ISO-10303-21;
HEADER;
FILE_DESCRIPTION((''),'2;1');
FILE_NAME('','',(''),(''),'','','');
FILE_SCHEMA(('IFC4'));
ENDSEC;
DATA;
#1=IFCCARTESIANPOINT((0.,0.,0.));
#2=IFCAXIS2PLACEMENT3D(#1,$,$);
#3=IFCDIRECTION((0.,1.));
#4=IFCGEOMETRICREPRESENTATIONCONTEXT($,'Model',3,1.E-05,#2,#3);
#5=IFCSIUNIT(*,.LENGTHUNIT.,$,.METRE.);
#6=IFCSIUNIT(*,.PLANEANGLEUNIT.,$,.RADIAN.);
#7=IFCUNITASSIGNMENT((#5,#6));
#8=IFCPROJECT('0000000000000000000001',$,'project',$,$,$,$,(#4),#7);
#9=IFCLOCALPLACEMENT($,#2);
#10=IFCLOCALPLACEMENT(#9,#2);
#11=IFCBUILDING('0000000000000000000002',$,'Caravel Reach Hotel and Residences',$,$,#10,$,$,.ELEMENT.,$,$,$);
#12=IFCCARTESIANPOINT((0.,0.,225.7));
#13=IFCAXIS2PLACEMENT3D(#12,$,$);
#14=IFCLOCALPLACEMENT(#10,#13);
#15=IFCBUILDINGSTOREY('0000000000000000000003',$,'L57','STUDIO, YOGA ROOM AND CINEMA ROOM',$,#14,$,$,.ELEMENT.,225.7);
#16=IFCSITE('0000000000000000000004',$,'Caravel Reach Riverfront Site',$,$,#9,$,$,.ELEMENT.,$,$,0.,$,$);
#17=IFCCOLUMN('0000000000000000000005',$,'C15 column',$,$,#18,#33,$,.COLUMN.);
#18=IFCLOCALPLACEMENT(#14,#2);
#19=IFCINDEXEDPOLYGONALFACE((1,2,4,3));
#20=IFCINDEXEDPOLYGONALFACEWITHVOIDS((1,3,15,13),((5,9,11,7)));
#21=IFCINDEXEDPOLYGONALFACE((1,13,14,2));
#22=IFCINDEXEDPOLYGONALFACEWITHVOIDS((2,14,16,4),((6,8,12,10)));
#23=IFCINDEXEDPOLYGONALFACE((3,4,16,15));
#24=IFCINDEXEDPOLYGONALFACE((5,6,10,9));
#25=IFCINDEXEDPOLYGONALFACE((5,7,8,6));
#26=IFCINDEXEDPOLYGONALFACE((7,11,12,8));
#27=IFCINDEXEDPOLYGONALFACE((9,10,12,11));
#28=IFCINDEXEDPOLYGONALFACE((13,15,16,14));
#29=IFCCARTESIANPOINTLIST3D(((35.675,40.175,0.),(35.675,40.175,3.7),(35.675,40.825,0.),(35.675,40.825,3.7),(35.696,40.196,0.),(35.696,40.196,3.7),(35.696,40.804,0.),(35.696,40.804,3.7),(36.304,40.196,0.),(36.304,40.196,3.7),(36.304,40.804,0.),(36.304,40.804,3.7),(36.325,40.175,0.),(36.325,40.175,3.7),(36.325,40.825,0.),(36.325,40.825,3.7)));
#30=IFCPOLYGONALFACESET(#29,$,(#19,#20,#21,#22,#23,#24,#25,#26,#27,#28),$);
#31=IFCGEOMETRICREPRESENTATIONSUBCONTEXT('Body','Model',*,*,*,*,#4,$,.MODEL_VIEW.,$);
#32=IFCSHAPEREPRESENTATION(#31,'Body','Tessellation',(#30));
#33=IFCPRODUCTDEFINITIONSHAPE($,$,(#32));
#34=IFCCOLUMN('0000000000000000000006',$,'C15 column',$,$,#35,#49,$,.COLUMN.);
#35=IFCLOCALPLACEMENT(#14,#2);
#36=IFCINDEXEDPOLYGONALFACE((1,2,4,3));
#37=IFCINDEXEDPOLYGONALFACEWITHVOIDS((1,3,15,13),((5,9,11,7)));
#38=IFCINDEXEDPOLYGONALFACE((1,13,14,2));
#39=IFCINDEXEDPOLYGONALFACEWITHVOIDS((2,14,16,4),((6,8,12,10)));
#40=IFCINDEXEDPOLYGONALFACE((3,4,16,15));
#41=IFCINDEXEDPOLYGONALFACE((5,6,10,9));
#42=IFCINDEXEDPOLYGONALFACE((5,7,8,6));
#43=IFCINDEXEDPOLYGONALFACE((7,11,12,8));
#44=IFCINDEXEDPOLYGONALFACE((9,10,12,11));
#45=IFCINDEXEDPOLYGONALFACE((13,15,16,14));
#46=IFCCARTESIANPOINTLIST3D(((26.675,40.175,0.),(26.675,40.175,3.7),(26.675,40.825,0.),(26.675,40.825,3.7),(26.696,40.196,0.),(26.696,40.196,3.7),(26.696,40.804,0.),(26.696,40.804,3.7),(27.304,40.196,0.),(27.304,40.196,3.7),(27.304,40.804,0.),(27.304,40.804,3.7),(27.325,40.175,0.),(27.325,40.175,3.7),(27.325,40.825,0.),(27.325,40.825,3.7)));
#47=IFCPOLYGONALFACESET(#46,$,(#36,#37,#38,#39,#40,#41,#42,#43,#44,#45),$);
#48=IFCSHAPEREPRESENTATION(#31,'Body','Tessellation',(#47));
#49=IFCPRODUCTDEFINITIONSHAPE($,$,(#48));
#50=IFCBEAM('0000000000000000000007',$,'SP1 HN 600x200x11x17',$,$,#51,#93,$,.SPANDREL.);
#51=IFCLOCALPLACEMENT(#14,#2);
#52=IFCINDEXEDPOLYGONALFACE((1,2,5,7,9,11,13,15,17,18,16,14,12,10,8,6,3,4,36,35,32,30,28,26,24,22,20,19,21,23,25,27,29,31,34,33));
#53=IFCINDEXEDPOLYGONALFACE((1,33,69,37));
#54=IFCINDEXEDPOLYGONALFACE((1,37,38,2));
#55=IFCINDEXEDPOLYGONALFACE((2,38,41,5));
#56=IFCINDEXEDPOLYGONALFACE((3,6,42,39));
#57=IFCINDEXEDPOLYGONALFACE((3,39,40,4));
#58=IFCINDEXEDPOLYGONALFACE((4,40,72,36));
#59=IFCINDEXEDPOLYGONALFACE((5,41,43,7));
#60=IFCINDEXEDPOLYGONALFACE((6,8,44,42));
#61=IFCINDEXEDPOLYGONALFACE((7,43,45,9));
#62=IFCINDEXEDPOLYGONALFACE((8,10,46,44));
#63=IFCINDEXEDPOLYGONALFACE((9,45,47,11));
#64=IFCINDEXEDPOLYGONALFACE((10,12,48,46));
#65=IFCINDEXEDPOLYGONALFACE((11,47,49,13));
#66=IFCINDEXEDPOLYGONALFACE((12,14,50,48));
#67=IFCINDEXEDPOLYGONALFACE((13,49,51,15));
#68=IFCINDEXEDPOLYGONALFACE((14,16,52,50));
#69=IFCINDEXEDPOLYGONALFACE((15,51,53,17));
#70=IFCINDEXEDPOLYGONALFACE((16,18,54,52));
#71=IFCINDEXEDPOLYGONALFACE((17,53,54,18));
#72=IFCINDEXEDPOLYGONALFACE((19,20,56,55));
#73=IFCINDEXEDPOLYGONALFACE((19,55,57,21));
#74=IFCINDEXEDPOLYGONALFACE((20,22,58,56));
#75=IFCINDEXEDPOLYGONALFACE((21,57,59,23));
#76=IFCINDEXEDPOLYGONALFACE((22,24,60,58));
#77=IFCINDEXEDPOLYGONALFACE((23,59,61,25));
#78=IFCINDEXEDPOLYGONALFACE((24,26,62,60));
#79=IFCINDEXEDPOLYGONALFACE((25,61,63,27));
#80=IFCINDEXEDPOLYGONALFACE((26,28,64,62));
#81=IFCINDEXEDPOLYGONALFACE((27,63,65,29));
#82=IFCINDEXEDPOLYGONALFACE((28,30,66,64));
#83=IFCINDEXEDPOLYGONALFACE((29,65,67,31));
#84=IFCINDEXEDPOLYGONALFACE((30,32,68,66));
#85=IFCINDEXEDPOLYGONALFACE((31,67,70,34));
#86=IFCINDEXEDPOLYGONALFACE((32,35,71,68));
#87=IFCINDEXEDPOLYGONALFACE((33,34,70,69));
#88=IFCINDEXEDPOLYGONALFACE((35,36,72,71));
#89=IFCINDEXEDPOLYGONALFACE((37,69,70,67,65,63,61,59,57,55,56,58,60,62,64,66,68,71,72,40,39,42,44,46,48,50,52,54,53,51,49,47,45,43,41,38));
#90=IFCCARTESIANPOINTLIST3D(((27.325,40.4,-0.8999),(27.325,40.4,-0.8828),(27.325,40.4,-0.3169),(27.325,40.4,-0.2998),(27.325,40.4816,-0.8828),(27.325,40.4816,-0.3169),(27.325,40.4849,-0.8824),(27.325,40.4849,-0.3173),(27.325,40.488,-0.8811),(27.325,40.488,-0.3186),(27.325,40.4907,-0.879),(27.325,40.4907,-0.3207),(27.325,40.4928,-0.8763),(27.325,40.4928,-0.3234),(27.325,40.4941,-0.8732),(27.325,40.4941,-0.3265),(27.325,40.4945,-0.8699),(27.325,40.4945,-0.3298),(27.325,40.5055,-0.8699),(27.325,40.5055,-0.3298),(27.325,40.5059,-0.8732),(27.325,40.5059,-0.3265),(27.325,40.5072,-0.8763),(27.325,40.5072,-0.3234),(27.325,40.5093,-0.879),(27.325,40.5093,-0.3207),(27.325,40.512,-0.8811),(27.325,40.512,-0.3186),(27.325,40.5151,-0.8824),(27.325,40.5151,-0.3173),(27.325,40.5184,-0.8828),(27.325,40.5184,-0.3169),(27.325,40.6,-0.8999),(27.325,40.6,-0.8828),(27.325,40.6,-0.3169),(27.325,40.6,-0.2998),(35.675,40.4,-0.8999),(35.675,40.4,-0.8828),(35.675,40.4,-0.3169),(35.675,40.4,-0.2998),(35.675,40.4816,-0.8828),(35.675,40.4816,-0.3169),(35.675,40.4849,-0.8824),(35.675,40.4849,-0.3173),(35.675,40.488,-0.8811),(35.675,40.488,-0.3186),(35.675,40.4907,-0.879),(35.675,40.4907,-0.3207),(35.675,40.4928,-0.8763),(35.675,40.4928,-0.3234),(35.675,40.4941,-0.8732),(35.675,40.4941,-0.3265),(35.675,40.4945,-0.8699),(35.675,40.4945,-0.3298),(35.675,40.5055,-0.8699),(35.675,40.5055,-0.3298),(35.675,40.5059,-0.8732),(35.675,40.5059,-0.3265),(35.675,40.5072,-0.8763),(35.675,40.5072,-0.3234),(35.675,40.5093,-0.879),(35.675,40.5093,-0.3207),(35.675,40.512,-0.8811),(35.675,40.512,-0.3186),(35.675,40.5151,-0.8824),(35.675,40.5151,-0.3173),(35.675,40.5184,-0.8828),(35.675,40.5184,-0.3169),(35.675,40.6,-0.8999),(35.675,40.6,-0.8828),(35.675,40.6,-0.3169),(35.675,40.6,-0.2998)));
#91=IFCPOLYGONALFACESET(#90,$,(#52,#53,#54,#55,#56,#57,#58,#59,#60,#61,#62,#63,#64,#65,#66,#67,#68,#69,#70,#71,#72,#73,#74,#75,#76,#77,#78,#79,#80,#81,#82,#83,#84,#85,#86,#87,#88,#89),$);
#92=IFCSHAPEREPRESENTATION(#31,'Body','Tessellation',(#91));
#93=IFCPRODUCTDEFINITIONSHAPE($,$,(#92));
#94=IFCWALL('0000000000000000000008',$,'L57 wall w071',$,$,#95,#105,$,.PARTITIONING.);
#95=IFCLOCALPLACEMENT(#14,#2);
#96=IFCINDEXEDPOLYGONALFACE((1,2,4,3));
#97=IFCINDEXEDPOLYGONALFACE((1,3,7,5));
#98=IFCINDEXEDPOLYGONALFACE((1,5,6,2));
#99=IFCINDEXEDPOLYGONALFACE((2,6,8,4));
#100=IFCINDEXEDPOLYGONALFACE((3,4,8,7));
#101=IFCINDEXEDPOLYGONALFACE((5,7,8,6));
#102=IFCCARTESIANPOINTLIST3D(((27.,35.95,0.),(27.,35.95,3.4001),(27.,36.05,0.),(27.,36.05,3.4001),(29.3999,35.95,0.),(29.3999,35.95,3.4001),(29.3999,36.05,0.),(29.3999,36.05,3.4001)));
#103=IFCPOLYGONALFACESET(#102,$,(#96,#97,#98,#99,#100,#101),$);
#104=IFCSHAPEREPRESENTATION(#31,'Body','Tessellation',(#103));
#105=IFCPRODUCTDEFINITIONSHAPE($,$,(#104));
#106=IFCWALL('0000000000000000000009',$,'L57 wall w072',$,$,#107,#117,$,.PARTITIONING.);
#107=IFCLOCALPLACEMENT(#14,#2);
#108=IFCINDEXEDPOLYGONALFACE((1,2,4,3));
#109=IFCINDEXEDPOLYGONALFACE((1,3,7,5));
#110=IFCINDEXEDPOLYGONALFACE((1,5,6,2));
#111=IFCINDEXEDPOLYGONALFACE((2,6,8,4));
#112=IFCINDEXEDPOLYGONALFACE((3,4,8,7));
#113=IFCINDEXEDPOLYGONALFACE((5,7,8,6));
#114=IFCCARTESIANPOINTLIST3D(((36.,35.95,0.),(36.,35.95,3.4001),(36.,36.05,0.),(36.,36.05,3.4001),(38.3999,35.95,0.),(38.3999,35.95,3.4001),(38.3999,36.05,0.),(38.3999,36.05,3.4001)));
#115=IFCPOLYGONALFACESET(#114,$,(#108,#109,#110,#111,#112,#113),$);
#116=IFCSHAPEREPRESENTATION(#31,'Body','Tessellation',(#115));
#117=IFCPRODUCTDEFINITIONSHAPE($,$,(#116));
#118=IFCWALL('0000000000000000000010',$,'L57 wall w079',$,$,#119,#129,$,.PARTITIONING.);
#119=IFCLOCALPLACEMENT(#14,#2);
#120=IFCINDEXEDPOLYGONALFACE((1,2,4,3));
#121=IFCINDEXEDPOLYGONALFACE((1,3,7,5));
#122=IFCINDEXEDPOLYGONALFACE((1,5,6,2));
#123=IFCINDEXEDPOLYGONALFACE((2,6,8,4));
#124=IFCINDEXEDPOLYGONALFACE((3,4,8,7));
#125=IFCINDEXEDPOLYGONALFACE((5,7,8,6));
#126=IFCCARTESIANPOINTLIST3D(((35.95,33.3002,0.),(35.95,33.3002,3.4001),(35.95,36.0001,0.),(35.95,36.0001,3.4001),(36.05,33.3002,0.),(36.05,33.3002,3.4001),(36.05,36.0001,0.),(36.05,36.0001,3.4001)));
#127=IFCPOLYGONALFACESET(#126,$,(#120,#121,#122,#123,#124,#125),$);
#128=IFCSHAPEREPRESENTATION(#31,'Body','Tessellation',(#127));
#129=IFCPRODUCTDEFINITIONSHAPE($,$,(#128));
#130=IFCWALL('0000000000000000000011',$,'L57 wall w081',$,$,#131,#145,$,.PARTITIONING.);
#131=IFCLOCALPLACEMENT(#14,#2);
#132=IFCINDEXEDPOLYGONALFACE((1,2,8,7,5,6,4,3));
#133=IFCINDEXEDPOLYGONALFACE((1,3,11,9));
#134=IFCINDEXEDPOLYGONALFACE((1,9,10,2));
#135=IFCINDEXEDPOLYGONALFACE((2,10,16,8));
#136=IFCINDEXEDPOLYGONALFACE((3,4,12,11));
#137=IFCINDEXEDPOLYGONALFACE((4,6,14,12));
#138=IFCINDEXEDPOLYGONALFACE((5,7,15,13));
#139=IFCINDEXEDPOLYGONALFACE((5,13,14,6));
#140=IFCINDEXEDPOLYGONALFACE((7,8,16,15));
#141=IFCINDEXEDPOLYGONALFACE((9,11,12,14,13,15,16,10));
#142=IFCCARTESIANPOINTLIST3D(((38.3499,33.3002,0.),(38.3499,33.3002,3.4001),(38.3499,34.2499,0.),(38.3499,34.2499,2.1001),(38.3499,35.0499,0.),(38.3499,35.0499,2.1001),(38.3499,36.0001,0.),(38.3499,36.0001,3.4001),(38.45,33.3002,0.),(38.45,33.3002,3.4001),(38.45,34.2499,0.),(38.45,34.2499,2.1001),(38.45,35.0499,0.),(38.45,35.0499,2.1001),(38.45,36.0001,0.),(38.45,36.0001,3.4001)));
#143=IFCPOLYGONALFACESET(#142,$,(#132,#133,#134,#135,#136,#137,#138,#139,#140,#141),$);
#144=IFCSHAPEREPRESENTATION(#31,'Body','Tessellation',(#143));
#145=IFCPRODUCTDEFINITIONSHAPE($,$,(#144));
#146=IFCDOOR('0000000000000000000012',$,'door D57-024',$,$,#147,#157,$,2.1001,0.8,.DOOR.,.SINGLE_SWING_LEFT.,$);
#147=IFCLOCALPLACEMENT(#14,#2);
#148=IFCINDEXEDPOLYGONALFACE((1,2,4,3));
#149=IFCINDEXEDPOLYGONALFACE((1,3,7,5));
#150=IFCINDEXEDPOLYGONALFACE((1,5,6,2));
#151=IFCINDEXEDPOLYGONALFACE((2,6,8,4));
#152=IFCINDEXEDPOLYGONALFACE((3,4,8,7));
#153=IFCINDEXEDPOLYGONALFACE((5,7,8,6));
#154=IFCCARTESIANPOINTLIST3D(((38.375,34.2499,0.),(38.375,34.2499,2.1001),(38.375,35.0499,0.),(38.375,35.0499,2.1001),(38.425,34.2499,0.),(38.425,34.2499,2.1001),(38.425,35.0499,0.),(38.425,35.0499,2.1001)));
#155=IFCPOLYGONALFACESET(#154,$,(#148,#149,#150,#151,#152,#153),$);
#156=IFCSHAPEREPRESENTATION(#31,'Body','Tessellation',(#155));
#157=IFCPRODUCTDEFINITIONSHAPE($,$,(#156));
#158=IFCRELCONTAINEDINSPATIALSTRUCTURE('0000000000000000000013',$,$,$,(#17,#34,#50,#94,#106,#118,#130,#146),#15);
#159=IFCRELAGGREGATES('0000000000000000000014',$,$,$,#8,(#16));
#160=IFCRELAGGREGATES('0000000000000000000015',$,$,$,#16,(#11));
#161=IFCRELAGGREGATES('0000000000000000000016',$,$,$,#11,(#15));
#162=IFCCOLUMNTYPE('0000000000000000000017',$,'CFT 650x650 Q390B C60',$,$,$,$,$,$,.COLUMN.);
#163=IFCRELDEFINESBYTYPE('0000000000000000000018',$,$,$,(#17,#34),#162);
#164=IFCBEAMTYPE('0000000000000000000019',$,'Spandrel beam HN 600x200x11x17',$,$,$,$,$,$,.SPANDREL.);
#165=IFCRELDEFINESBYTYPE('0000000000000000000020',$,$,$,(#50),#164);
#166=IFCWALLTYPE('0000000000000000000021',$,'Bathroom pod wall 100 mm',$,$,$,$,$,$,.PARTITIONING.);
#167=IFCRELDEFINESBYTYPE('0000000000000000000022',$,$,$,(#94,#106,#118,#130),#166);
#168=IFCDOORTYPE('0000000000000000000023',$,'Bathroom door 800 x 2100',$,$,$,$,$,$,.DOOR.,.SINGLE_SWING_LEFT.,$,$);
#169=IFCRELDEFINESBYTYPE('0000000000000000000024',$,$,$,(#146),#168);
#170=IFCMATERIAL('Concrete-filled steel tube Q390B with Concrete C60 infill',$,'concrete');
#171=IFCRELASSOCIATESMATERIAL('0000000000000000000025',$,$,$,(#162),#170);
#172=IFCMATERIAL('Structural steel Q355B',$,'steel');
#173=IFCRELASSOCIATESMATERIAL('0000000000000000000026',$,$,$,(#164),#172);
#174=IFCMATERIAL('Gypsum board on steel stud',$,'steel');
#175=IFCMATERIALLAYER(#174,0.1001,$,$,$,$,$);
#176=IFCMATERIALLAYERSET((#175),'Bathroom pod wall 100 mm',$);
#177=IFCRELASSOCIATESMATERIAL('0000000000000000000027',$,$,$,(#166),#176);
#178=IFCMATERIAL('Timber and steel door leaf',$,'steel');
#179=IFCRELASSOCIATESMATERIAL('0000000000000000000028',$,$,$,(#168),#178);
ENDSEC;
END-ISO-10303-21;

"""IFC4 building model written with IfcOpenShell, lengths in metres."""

from ifc_helpers import new_model, si_unit, direction, frame, frame_2d, origin, origin_2d, place, context, subcontext, project, spatial, rectangle, hollow_rectangle, i_section, extrude, material, layer, layer_set, material_profile, profile_set, type_object, element, fill, save


model = new_model("IFC4")

# Units and contexts
model_context = context("Model", 3, precision=1e-05, world=origin(), true_north=direction((0.0, 1.0)))
body_context = subcontext(model_context, "Body", "Model", "MODEL_VIEW")
ifc_project = project(units=[si_unit("LENGTHUNIT", "METRE"), si_unit("PLANEANGLEUNIT", "RADIAN")], contexts=[model_context])

# Site, building, storey
site_placement = place(None, origin())
site = spatial("IfcSite", under=ifc_project, at=site_placement, Name="Caravel Reach Riverfront Site", CompositionType="ELEMENT", RefElevation=0.0)
building_placement = place(site_placement, origin())
building = spatial("IfcBuilding", under=site, at=building_placement, Name="Caravel Reach Hotel and Residences", CompositionType="ELEMENT")
storey_placement = place(building_placement, frame((0.0, 0.0, 225.7)))
storey = spatial("IfcBuildingStorey", under=building, at=storey_placement, Name="L57", Description="STUDIO, YOGA ROOM AND CINEMA ROOM", CompositionType="ELEMENT", Elevation=225.7)

# Columns
ifc_material_1 = material(Name="Concrete-filled steel tube Q390B with Concrete C60 infill", Category="concrete")
ifc_material_profile_1 = material_profile(ifc_material_1, hollow_rectangle(XDim=0.6499, YDim=0.6499, WallThickness=0.021, at=origin_2d()), Name="RHS 650x650x21")
ifc_profile_set_1 = profile_set([ifc_material_profile_1], Name="Concrete-filled steel tube Q390B with Concrete C60 infill")
column_type = type_object("IfcColumnType", Name="CFT 650x650 Q390B C60", PredefinedType="COLUMN", material=ifc_profile_set_1)
for number, where, z_axis, x_axis, name in (
    (1, (36.0, 40.5, 0.0), (0.0, 0.0, 1.0), (1.0, 0.0, 0.0), "C15 column"),
    (2, (27.0, 40.5, 0.0), (0.0, 0.0, 1.0), (1.0, 0.0, 0.0), "C15 column"),
):
    element("IfcColumn", number, at=place(storey_placement, frame(where, z_axis=z_axis, x_axis=x_axis)), inside=storey, type_object=column_type, Name=name, PredefinedType="COLUMN", context=body_context, shape_type="SweptSolid", body=[
        extrude(hollow_rectangle(XDim=0.6499, YDim=0.6499, WallThickness=0.021, at=origin_2d()), origin(), (0.0, 0.0, 1.0), 3.7),
    ])

# Beam
ifc_material_2 = material(Name="Structural steel Q355B", Category="steel")
ifc_material_profile_2 = material_profile(ifc_material_2, i_section(OverallWidth=0.2, OverallDepth=0.6001, WebThickness=0.011, FlangeThickness=0.0171, FilletRadius=0.0129, at=origin_2d()), Name="HN 600x200x11x17")
ifc_profile_set_2 = profile_set([ifc_material_profile_2], Name="Structural steel Q355B")
beam_type = type_object("IfcBeamType", Name="Spandrel beam HN 600x200x11x17", PredefinedType="SPANDREL", material=ifc_profile_set_2)
beam_placement = place(storey_placement, frame((35.675, 40.5, -0.5999), z_axis=(-1.0, 0.0, 0.0), x_axis=(0.0, -1.0, 0.0)))
element("IfcBeam", 3, at=beam_placement, inside=storey, type_object=beam_type, Name="SP1 HN 600x200x11x17", PredefinedType="SPANDREL", context=body_context, shape_type="SweptSolid", body=[
    extrude(i_section(OverallWidth=0.2, OverallDepth=0.6001, WebThickness=0.011, FlangeThickness=0.0171, FilletRadius=0.0129, at=origin_2d()), origin(), (0.0, 0.0, 1.0), 8.3501),
])

# Walls
ifc_material_3 = material(Name="Gypsum board on steel stud", Category="steel")
ifc_layer_1 = layer(ifc_material_3, 0.1001)
ifc_layer_set_1 = layer_set([ifc_layer_1], Name="Bathroom pod wall 100 mm")
wall_type_1 = type_object("IfcWallType", Name="Bathroom pod wall 100 mm", PredefinedType="PARTITIONING", material=ifc_layer_set_1)
for number, where, z_axis, x_axis, name in (
    (4, (27.0, 36.0, 0.0), (0.0, 0.0, 1.0), (1.0, 0.0, 0.0), "L57 wall w071"),
    (5, (36.0, 36.0, 0.0), (0.0, 0.0, 1.0), (1.0, 0.0, 0.0), "L57 wall w072"),
):
    element("IfcWall", number, at=place(storey_placement, frame(where, z_axis=z_axis, x_axis=x_axis)), inside=storey, type_object=wall_type_1, Name=name, PredefinedType="PARTITIONING", context=body_context, shape_type="SweptSolid", body=[
        extrude(rectangle(XDim=2.3999, YDim=0.1001, at=frame_2d((1.2, 0.0))), origin(), (0.0, 0.0, 1.0), 3.4001),
    ])
wall_1_placement = place(storey_placement, frame((36.0, 33.3, 0.0), z_axis=(0.0, 0.0, 1.0), x_axis=(0.0, 1.0, 0.0)))
element("IfcWall", 6, at=wall_1_placement, inside=storey, type_object=wall_type_1, Name="L57 wall w079", PredefinedType="PARTITIONING", context=body_context, shape_type="SweptSolid", body=[
    extrude(rectangle(XDim=2.7, YDim=0.1001, at=frame_2d((1.3501, 0.0))), origin(), (0.0, 0.0, 1.0), 3.4001),
])

# Wall, opening, door
wall_2_placement = place(storey_placement, frame((38.3999, 33.3, 0.0), z_axis=(0.0, 0.0, 1.0), x_axis=(0.0, 1.0, 0.0)))
wall_2 = element("IfcWall", 7, at=wall_2_placement, inside=storey, type_object=wall_type_1, Name="L57 wall w081", PredefinedType="PARTITIONING", context=body_context, shape_type="SweptSolid", body=[
    extrude(rectangle(XDim=2.7, YDim=0.1001, at=frame_2d((1.3501, 0.0))), origin(), (0.0, 0.0, 1.0), 3.4001),
])
opening_1_placement = place(wall_2_placement, frame((0.95, 0.0, 0.0)))
opening_1 = element("IfcOpeningElement", 8, at=opening_1_placement, cuts=wall_2, PredefinedType="OPENING", context=body_context, shape_type="SweptSolid", body=[
    extrude(rectangle(XDim=0.8, YDim=2.1001, at=frame_2d((0.3999, 1.05))), frame((0.0, 0.0601, 0.0), z_axis=(0.0, -1.0, 0.0), x_axis=(1.0, 0.0, 0.0)), (0.0, 0.0, 1.0), 0.1201),
])
ifc_material_4 = material(Name="Timber and steel door leaf", Category="steel")
door_type_1 = type_object("IfcDoorType", Name="Bathroom door 800 x 2100", OperationType="SINGLE_SWING_LEFT", PredefinedType="DOOR", material=ifc_material_4)
door_1_placement = place(opening_1_placement, origin())
door_1 = element("IfcDoor", 9, at=door_1_placement, inside=storey, type_object=door_type_1, Name="door D57-024", OperationType="SINGLE_SWING_LEFT", OverallHeight=2.1001, OverallWidth=0.8, PredefinedType="DOOR", context=body_context, shape_type="SweptSolid", body=[
    extrude(rectangle(XDim=0.8, YDim=2.1001, at=frame_2d((0.3999, 1.05))), frame((0.0, 0.0249, 0.0), z_axis=(0.0, -1.0, 0.0), x_axis=(1.0, 0.0, 0.0)), (0.0, 0.0, 1.0), 0.05),
])
fill(opening_1, door_1)

save(model, "model.ifc")
